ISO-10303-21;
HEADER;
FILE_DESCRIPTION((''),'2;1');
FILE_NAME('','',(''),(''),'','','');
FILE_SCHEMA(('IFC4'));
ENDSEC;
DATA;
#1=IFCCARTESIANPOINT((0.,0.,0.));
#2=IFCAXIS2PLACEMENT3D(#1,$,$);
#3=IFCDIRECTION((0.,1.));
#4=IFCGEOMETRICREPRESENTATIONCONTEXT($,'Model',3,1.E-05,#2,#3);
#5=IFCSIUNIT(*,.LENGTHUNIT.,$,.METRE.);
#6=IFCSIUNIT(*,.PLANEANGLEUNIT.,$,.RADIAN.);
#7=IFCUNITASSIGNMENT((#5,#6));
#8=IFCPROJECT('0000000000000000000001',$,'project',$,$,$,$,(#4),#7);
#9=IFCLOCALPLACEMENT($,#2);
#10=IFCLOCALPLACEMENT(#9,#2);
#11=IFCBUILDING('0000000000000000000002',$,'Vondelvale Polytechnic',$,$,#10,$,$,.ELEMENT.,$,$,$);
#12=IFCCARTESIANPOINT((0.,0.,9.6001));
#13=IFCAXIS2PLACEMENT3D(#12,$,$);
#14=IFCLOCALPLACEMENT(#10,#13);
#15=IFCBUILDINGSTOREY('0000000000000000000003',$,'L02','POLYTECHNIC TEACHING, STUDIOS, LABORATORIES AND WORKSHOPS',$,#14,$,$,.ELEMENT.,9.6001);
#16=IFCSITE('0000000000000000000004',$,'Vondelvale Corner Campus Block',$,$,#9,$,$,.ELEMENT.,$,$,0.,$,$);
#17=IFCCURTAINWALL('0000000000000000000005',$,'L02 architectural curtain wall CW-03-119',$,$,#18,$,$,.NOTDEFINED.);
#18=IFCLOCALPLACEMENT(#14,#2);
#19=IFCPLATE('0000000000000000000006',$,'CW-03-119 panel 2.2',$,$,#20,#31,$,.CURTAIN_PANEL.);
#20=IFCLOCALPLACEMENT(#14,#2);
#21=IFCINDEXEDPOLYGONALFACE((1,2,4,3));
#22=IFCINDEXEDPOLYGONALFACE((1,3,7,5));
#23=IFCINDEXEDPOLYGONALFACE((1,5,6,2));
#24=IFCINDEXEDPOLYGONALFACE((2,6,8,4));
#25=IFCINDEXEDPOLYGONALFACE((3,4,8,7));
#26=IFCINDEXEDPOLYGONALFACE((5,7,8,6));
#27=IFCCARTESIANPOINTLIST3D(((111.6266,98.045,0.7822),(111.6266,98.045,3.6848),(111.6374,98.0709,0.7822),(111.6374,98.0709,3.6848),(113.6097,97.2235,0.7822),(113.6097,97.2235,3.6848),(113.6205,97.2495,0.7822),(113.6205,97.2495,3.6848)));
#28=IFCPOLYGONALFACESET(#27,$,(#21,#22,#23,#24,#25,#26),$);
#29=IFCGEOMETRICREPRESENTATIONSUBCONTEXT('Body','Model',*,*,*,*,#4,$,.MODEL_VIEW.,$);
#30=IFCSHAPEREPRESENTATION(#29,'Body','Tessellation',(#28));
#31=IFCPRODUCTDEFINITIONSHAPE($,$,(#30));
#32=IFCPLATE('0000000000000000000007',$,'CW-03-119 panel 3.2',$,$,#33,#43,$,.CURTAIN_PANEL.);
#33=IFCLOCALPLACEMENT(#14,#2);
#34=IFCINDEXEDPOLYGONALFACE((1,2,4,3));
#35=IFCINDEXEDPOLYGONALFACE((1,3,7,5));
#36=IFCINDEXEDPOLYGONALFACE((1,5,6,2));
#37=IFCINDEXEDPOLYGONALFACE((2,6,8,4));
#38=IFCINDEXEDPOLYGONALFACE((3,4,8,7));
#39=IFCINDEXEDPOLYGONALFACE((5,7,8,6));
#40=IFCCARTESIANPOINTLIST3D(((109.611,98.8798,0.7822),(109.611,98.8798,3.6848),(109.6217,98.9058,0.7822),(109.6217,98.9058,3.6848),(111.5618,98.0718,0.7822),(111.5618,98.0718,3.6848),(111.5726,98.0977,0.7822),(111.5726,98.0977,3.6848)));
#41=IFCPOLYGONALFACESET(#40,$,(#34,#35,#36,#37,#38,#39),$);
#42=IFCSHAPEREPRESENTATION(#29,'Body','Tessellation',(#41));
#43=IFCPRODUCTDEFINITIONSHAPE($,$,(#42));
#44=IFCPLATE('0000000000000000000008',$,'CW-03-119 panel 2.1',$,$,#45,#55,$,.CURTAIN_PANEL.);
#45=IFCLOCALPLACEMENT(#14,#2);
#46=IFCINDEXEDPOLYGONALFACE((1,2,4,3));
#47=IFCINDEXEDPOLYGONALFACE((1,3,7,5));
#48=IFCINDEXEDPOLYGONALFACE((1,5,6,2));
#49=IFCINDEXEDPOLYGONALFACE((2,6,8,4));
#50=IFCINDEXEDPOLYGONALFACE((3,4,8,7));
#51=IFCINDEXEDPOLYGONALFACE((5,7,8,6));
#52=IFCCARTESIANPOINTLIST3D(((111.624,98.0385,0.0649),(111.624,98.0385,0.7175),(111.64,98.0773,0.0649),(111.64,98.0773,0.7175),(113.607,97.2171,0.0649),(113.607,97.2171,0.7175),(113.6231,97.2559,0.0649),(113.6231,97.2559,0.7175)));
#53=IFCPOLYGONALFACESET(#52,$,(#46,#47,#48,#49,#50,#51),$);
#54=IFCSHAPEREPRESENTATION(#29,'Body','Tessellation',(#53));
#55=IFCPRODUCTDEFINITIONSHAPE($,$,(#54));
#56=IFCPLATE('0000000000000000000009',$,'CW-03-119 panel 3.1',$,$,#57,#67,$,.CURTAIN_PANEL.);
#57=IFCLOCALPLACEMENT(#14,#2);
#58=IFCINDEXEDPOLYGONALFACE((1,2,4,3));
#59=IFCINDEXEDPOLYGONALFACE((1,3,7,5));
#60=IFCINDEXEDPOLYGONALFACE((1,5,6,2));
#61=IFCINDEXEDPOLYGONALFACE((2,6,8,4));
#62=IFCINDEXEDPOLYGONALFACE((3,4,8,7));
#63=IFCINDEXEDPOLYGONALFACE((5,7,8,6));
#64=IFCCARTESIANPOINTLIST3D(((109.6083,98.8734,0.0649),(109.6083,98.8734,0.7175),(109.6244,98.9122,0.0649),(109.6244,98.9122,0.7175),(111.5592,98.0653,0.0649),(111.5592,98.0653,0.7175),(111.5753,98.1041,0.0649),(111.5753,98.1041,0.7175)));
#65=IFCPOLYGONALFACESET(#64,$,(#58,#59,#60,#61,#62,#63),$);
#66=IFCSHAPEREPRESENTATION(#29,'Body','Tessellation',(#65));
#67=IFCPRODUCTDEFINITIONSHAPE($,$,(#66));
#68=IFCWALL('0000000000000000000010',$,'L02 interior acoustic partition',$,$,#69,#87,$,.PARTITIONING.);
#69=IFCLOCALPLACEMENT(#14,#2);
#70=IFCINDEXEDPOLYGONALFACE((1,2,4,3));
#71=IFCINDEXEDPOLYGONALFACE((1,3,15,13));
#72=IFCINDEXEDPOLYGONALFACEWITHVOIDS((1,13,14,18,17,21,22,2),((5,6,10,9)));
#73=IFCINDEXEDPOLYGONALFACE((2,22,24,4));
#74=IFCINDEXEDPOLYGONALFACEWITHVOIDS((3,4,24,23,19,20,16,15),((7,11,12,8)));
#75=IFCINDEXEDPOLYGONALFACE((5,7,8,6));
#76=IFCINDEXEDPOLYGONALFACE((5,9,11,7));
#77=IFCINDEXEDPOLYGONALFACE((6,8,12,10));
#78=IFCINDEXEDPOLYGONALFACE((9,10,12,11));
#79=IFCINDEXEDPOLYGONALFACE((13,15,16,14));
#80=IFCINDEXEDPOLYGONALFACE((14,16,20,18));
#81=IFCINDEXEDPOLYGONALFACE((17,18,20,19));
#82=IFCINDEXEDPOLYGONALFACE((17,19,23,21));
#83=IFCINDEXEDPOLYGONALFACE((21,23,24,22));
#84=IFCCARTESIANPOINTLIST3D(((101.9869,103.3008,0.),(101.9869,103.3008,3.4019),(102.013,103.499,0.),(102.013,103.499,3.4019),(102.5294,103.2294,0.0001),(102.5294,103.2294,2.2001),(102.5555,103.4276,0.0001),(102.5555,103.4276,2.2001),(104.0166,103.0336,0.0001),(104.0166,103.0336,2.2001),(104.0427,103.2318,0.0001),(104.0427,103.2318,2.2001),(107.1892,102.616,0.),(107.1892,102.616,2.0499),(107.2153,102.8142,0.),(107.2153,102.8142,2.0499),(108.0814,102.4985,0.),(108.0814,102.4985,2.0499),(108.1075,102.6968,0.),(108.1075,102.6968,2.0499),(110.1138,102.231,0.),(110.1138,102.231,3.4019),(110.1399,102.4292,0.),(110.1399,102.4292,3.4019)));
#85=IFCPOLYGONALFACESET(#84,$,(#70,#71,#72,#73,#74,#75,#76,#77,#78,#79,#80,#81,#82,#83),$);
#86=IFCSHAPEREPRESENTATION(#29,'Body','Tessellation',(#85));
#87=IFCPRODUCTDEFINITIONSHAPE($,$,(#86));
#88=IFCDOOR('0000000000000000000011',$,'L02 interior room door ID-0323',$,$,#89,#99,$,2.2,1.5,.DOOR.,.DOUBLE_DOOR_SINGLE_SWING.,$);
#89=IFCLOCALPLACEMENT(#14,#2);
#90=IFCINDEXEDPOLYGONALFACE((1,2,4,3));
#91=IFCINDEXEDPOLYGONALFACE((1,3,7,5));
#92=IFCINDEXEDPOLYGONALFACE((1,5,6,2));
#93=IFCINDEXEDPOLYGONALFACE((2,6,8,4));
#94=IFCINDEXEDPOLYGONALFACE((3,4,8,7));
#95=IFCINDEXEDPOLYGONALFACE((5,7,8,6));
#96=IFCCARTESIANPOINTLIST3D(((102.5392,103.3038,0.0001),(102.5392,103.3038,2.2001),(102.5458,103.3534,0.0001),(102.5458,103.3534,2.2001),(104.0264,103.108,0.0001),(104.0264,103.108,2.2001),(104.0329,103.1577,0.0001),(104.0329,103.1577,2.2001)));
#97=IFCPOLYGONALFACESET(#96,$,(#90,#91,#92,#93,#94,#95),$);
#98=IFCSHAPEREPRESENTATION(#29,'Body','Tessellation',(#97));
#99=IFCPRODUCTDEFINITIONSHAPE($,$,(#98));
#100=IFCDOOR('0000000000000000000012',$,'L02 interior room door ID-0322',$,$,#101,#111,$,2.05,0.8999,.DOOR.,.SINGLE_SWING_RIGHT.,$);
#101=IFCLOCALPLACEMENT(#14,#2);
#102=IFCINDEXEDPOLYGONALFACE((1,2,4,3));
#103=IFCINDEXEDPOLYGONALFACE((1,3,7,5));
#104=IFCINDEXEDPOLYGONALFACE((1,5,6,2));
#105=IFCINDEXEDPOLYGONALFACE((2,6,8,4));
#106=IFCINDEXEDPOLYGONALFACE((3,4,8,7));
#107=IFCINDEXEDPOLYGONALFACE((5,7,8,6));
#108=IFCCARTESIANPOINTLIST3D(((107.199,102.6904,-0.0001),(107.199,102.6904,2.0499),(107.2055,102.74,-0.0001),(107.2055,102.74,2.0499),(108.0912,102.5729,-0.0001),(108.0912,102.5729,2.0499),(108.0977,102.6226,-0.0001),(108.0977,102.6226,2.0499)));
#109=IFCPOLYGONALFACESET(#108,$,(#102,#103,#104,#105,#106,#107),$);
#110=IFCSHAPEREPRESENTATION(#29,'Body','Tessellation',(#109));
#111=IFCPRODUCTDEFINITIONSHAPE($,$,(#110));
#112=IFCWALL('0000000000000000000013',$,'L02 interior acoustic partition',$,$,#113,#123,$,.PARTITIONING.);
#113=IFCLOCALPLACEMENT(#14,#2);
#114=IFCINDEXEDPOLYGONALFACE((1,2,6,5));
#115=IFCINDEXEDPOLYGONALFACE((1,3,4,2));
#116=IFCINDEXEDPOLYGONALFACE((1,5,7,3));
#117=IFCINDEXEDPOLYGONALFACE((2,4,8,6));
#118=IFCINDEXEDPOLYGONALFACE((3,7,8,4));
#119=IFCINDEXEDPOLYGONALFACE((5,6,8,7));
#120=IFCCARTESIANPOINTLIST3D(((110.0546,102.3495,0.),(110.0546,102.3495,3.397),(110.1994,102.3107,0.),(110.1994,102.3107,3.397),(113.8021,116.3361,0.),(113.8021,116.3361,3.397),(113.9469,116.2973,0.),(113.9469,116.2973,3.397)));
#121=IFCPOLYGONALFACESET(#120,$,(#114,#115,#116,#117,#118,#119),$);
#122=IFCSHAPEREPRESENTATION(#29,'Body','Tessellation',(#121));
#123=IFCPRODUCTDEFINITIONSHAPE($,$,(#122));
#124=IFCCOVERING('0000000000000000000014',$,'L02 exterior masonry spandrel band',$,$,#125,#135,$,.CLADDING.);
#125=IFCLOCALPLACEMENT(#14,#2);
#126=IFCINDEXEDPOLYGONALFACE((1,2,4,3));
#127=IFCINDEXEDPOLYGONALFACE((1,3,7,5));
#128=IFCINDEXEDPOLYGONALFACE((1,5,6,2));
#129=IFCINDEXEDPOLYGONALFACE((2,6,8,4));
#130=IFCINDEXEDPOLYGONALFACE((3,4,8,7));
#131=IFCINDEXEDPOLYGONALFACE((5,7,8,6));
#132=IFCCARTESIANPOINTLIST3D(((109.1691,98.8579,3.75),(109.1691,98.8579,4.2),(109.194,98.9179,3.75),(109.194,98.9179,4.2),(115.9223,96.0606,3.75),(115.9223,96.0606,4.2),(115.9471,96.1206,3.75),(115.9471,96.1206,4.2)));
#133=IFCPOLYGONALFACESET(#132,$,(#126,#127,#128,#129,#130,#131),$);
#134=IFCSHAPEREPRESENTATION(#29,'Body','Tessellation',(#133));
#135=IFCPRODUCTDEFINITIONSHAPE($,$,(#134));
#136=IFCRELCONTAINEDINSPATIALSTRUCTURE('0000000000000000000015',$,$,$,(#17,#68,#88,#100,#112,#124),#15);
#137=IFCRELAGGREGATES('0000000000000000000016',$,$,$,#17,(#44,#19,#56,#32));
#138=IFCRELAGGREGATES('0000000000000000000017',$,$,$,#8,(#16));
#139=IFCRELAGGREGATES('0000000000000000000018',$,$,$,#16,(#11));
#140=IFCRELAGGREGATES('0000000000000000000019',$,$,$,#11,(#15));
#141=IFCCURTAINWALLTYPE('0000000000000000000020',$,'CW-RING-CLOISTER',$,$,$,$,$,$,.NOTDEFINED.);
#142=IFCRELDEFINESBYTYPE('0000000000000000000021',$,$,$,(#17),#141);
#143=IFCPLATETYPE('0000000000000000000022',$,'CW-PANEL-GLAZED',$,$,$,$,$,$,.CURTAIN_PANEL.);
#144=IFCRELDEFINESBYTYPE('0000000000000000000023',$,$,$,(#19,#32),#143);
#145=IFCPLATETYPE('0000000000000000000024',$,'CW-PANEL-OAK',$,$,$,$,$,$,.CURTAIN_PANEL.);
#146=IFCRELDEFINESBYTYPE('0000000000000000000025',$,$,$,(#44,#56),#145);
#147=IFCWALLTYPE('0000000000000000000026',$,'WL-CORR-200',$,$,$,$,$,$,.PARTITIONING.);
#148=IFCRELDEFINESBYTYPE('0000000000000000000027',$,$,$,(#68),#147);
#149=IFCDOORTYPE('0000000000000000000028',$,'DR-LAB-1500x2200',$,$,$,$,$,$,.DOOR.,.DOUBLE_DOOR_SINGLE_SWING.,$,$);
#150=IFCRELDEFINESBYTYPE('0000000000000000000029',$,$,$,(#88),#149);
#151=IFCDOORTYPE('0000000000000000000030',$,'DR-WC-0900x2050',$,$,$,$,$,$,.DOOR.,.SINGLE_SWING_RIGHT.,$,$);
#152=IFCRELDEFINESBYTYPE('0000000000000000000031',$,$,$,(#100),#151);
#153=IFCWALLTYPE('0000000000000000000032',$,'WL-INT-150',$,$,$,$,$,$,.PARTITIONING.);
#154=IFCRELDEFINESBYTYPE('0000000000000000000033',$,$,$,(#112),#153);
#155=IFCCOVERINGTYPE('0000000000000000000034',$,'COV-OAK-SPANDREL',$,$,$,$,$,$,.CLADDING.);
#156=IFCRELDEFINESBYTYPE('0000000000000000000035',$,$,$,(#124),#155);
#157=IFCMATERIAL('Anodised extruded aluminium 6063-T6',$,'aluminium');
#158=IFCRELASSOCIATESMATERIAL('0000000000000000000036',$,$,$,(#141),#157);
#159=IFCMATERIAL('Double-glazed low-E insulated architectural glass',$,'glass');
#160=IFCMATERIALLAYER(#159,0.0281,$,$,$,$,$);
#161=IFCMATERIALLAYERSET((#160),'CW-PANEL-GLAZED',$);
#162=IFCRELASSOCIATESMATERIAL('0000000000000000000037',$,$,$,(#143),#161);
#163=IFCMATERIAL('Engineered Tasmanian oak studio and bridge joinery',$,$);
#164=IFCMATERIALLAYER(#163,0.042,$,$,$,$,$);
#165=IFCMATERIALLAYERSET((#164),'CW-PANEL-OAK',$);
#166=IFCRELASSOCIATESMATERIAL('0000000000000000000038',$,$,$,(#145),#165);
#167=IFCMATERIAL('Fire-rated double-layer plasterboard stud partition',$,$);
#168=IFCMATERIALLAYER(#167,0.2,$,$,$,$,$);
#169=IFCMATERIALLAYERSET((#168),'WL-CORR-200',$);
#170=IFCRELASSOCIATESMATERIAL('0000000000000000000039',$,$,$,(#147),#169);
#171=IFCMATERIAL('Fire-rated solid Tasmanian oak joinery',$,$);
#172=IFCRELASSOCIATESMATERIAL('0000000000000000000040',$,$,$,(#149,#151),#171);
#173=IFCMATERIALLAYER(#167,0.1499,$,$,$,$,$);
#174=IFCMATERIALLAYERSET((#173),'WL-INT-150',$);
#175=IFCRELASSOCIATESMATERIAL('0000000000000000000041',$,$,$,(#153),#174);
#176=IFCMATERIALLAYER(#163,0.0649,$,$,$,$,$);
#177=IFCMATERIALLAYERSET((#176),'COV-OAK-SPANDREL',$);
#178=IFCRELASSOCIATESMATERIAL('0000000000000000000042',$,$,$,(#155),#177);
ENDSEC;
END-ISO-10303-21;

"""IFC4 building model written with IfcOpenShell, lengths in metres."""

from ifc_helpers import new_model, si_unit, direction, frame, frame_2d, origin, origin_2d, place, context, subcontext, project, spatial, rectangle, extrude, material, layer, layer_set, type_object, element, fill, aggregate, save


model = new_model("IFC4")

# Units and contexts
model_context = context("Model", 3, precision=1e-05, world=origin(), true_north=direction((0.0, 1.0)))
body_context = subcontext(model_context, "Body", "Model", "MODEL_VIEW")
ifc_project = project(units=[si_unit("LENGTHUNIT", "METRE"), si_unit("PLANEANGLEUNIT", "RADIAN")], contexts=[model_context])

# Site, building, storey
site_placement = place(None, origin())
site = spatial("IfcSite", under=ifc_project, at=site_placement, Name="Vondelvale Corner Campus Block", CompositionType="ELEMENT", RefElevation=0.0)
building_placement = place(site_placement, origin())
building = spatial("IfcBuilding", under=site, at=building_placement, Name="Vondelvale Polytechnic", CompositionType="ELEMENT")
storey_placement = place(building_placement, frame((0.0, 0.0, 9.6001)))
storey = spatial("IfcBuildingStorey", under=building, at=storey_placement, Name="L02", Description="POLYTECHNIC TEACHING, STUDIOS, LABORATORIES AND WORKSHOPS", CompositionType="ELEMENT", Elevation=9.6001)

# Curtain wall
ifc_material_1 = material(Name="Anodised extruded aluminium 6063-T6", Category="aluminium")
curtain_wall_type = type_object("IfcCurtainWallType", Name="CW-RING-CLOISTER", PredefinedType="NOTDEFINED", material=ifc_material_1)
curtain_wall_1_placement = place(storey_placement, origin())
curtain_wall_1 = element("IfcCurtainWall", 1, at=curtain_wall_1_placement, inside=storey, type_object=curtain_wall_type, Name="L02 architectural curtain wall CW-03-119", PredefinedType="NOTDEFINED")

# Plates
ifc_material_2 = material(Name="Double-glazed low-E insulated architectural glass", Category="glass")
ifc_layer_1 = layer(ifc_material_2, 0.0281)
ifc_layer_set_1 = layer_set([ifc_layer_1], Name="CW-PANEL-GLAZED")
plate_type_1 = type_object("IfcPlateType", Name="CW-PANEL-GLAZED", PredefinedType="CURTAIN_PANEL", material=ifc_layer_set_1)
plate_1_placement = place(storey_placement, frame((112.6235, 97.6472, 0.7822), z_axis=(0.0, 0.0, 1.0), x_axis=(-0.923882, 0.382679, 0.0)))
plate_1 = element("IfcPlate", 2, at=plate_1_placement, type_object=plate_type_1, Name="CW-03-119 panel 2.2", PredefinedType="CURTAIN_PANEL", context=body_context, shape_type="SweptSolid", body=[
    extrude(rectangle(XDim=2.1465, YDim=0.0281, at=origin_2d()), origin(), (0.0, 0.0, 1.0), 2.9026),
])
plate_2_placement = place(storey_placement, frame((110.5918, 98.4888, 0.7822), z_axis=(0.0, 0.0, 1.0), x_axis=(-0.923882, 0.382679, 0.0)))
plate_2 = element("IfcPlate", 3, at=plate_2_placement, type_object=plate_type_1, Name="CW-03-119 panel 3.2", PredefinedType="CURTAIN_PANEL", context=body_context, shape_type="SweptSolid", body=[
    extrude(rectangle(XDim=2.1116, YDim=0.0281, at=origin_2d()), origin(), (0.0, 0.0, 1.0), 2.9026),
])
ifc_material_3 = material(Name="Engineered Tasmanian oak studio and bridge joinery")
ifc_layer_2 = layer(ifc_material_3, 0.042)
ifc_layer_set_2 = layer_set([ifc_layer_2], Name="CW-PANEL-OAK")
plate_type_2 = type_object("IfcPlateType", Name="CW-PANEL-OAK", PredefinedType="CURTAIN_PANEL", material=ifc_layer_set_2)
plate_3_placement = place(storey_placement, frame((112.6235, 97.6472, 0.0649), z_axis=(0.0, 0.0, 1.0), x_axis=(-0.923882, 0.382679, 0.0)))
plate_3 = element("IfcPlate", 4, at=plate_3_placement, type_object=plate_type_2, Name="CW-03-119 panel 2.1", PredefinedType="CURTAIN_PANEL", context=body_context, shape_type="SweptSolid", body=[
    extrude(rectangle(XDim=2.1465, YDim=0.042, at=origin_2d()), origin(), (0.0, 0.0, 1.0), 0.6526),
])
plate_4_placement = place(storey_placement, frame((110.5918, 98.4888, 0.0649), z_axis=(0.0, 0.0, 1.0), x_axis=(-0.923882, 0.382679, 0.0)))
plate_4 = element("IfcPlate", 5, at=plate_4_placement, type_object=plate_type_2, Name="CW-03-119 panel 3.1", PredefinedType="CURTAIN_PANEL", context=body_context, shape_type="SweptSolid", body=[
    extrude(rectangle(XDim=2.1116, YDim=0.042, at=origin_2d()), origin(), (0.0, 0.0, 1.0), 0.6526),
])
aggregate(curtain_wall_1, [plate_3, plate_1, plate_4, plate_2])

# Wall, openings, doors
ifc_material_4 = material(Name="Fire-rated double-layer plasterboard stud partition")
ifc_layer_3 = layer(ifc_material_4, 0.2)
ifc_layer_set_3 = layer_set([ifc_layer_3], Name="WL-CORR-200")
wall_type_1 = type_object("IfcWallType", Name="WL-CORR-200", PredefinedType="PARTITIONING", material=ifc_layer_set_3)
wall_1_placement = place(storey_placement, frame((110.127, 102.3301, 0.0), z_axis=(0.0, 0.0, 1.0), x_axis=(-0.991447, 0.130513, 0.0)))
wall_1 = element("IfcWall", 6, at=wall_1_placement, inside=storey, type_object=wall_type_1, Name="L02 interior acoustic partition", PredefinedType="PARTITIONING", context=body_context, shape_type="SweptSolid", body=[
    extrude(rectangle(XDim=8.197, YDim=0.2, at=frame_2d((4.0986, 0.0))), origin(), (0.0, 0.0, 1.0), 3.4019),
])
opening_1_placement = place(wall_1_placement, frame((2.05, 0.0, 0.0)))
opening_1 = element("IfcOpeningElement", 7, at=opening_1_placement, cuts=wall_1, PredefinedType="OPENING", context=body_context, shape_type="SweptSolid", body=[
    extrude(rectangle(XDim=0.8999, YDim=2.05, at=frame_2d((0.45, 1.0249))), frame((0.0, 0.1099, 0.0), z_axis=(0.0, -1.0, 0.0), x_axis=(1.0, 0.0, 0.0)), (0.0, 0.0, 1.0), 0.22),
])
opening_2_placement = place(wall_1_placement, frame((6.1499, 0.0, 0.0)))
opening_2 = element("IfcOpeningElement", 8, at=opening_2_placement, cuts=wall_1, PredefinedType="OPENING", context=body_context, shape_type="SweptSolid", body=[
    extrude(rectangle(XDim=1.5, YDim=2.2, at=frame_2d((0.75, 1.1001))), frame((0.0, 0.1099, 0.0), z_axis=(0.0, -1.0, 0.0), x_axis=(1.0, 0.0, 0.0)), (0.0, 0.0, 1.0), 0.22),
])
ifc_material_5 = material(Name="Fire-rated solid Tasmanian oak joinery")
door_type_1 = type_object("IfcDoorType", Name="DR-LAB-1500x2200", OperationType="DOUBLE_DOOR_SINGLE_SWING", PredefinedType="DOOR", material=ifc_material_5)
door_1_placement = place(opening_2_placement, origin())
door_1 = element("IfcDoor", 9, at=door_1_placement, inside=storey, type_object=door_type_1, Name="L02 interior room door ID-0323", OperationType="DOUBLE_DOOR_SINGLE_SWING", OverallHeight=2.2, OverallWidth=1.5, PredefinedType="DOOR", context=body_context, shape_type="SweptSolid", body=[
    extrude(rectangle(XDim=1.5, YDim=2.2, at=frame_2d((0.75, 1.1001))), frame((0.0, 0.0249, 0.0), z_axis=(0.0, -1.0, 0.0), x_axis=(1.0, 0.0, 0.0)), (0.0, 0.0, 1.0), 0.05),
])
fill(opening_2, door_1)
door_type_2 = type_object("IfcDoorType", Name="DR-WC-0900x2050", OperationType="SINGLE_SWING_RIGHT", PredefinedType="DOOR", material=ifc_material_5)
door_2_placement = place(opening_1_placement, origin())
door_2 = element("IfcDoor", 10, at=door_2_placement, inside=storey, type_object=door_type_2, Name="L02 interior room door ID-0322", OperationType="SINGLE_SWING_RIGHT", OverallHeight=2.05, OverallWidth=0.8999, PredefinedType="DOOR", context=body_context, shape_type="SweptSolid", body=[
    extrude(rectangle(XDim=0.8999, YDim=2.05, at=frame_2d((0.45, 1.0249))), frame((0.0, 0.0249, 0.0), z_axis=(0.0, -1.0, 0.0), x_axis=(1.0, 0.0, 0.0)), (0.0, 0.0, 1.0), 0.05),
])
fill(opening_1, door_2)

# Wall
ifc_layer_4 = layer(ifc_material_4, 0.1499)
ifc_layer_set_4 = layer_set([ifc_layer_4], Name="WL-INT-150")
wall_type_2 = type_object("IfcWallType", Name="WL-INT-150", PredefinedType="PARTITIONING", material=ifc_layer_set_4)
wall_2_placement = place(storey_placement, frame((110.127, 102.3301, 0.0), z_axis=(0.0, 0.0, 1.0), x_axis=(0.258811, 0.965928, 0.0)))
element("IfcWall", 11, at=wall_2_placement, inside=storey, type_object=wall_type_2, Name="L02 interior acoustic partition", PredefinedType="PARTITIONING", context=body_context, shape_type="SweptSolid", body=[
    extrude(rectangle(XDim=14.48, YDim=0.1499, at=frame_2d((7.24, 0.0))), origin(), (0.0, 0.0, 1.0), 3.397),
])

# Covering
ifc_layer_5 = layer(ifc_material_3, 0.0649)
ifc_layer_set_5 = layer_set([ifc_layer_5], Name="COV-OAK-SPANDREL")
covering_type = type_object("IfcCoveringType", Name="COV-OAK-SPANDREL", PredefinedType="CLADDING", material=ifc_layer_set_5)
covering_placement = place(storey_placement, frame((112.5581, 97.4893, 3.75), z_axis=(0.0, 0.0, 1.0), x_axis=(-0.92388, 0.382683, 0.0)))
element("IfcCovering", 12, at=covering_placement, inside=storey, type_object=covering_type, Name="L02 exterior masonry spandrel band", PredefinedType="CLADDING", context=body_context, shape_type="SweptSolid", body=[
    extrude(rectangle(XDim=7.3096, YDim=0.0649, at=origin_2d()), origin(), (0.0, 0.0, 1.0), 0.45),
])

save(model, "model.ifc")
